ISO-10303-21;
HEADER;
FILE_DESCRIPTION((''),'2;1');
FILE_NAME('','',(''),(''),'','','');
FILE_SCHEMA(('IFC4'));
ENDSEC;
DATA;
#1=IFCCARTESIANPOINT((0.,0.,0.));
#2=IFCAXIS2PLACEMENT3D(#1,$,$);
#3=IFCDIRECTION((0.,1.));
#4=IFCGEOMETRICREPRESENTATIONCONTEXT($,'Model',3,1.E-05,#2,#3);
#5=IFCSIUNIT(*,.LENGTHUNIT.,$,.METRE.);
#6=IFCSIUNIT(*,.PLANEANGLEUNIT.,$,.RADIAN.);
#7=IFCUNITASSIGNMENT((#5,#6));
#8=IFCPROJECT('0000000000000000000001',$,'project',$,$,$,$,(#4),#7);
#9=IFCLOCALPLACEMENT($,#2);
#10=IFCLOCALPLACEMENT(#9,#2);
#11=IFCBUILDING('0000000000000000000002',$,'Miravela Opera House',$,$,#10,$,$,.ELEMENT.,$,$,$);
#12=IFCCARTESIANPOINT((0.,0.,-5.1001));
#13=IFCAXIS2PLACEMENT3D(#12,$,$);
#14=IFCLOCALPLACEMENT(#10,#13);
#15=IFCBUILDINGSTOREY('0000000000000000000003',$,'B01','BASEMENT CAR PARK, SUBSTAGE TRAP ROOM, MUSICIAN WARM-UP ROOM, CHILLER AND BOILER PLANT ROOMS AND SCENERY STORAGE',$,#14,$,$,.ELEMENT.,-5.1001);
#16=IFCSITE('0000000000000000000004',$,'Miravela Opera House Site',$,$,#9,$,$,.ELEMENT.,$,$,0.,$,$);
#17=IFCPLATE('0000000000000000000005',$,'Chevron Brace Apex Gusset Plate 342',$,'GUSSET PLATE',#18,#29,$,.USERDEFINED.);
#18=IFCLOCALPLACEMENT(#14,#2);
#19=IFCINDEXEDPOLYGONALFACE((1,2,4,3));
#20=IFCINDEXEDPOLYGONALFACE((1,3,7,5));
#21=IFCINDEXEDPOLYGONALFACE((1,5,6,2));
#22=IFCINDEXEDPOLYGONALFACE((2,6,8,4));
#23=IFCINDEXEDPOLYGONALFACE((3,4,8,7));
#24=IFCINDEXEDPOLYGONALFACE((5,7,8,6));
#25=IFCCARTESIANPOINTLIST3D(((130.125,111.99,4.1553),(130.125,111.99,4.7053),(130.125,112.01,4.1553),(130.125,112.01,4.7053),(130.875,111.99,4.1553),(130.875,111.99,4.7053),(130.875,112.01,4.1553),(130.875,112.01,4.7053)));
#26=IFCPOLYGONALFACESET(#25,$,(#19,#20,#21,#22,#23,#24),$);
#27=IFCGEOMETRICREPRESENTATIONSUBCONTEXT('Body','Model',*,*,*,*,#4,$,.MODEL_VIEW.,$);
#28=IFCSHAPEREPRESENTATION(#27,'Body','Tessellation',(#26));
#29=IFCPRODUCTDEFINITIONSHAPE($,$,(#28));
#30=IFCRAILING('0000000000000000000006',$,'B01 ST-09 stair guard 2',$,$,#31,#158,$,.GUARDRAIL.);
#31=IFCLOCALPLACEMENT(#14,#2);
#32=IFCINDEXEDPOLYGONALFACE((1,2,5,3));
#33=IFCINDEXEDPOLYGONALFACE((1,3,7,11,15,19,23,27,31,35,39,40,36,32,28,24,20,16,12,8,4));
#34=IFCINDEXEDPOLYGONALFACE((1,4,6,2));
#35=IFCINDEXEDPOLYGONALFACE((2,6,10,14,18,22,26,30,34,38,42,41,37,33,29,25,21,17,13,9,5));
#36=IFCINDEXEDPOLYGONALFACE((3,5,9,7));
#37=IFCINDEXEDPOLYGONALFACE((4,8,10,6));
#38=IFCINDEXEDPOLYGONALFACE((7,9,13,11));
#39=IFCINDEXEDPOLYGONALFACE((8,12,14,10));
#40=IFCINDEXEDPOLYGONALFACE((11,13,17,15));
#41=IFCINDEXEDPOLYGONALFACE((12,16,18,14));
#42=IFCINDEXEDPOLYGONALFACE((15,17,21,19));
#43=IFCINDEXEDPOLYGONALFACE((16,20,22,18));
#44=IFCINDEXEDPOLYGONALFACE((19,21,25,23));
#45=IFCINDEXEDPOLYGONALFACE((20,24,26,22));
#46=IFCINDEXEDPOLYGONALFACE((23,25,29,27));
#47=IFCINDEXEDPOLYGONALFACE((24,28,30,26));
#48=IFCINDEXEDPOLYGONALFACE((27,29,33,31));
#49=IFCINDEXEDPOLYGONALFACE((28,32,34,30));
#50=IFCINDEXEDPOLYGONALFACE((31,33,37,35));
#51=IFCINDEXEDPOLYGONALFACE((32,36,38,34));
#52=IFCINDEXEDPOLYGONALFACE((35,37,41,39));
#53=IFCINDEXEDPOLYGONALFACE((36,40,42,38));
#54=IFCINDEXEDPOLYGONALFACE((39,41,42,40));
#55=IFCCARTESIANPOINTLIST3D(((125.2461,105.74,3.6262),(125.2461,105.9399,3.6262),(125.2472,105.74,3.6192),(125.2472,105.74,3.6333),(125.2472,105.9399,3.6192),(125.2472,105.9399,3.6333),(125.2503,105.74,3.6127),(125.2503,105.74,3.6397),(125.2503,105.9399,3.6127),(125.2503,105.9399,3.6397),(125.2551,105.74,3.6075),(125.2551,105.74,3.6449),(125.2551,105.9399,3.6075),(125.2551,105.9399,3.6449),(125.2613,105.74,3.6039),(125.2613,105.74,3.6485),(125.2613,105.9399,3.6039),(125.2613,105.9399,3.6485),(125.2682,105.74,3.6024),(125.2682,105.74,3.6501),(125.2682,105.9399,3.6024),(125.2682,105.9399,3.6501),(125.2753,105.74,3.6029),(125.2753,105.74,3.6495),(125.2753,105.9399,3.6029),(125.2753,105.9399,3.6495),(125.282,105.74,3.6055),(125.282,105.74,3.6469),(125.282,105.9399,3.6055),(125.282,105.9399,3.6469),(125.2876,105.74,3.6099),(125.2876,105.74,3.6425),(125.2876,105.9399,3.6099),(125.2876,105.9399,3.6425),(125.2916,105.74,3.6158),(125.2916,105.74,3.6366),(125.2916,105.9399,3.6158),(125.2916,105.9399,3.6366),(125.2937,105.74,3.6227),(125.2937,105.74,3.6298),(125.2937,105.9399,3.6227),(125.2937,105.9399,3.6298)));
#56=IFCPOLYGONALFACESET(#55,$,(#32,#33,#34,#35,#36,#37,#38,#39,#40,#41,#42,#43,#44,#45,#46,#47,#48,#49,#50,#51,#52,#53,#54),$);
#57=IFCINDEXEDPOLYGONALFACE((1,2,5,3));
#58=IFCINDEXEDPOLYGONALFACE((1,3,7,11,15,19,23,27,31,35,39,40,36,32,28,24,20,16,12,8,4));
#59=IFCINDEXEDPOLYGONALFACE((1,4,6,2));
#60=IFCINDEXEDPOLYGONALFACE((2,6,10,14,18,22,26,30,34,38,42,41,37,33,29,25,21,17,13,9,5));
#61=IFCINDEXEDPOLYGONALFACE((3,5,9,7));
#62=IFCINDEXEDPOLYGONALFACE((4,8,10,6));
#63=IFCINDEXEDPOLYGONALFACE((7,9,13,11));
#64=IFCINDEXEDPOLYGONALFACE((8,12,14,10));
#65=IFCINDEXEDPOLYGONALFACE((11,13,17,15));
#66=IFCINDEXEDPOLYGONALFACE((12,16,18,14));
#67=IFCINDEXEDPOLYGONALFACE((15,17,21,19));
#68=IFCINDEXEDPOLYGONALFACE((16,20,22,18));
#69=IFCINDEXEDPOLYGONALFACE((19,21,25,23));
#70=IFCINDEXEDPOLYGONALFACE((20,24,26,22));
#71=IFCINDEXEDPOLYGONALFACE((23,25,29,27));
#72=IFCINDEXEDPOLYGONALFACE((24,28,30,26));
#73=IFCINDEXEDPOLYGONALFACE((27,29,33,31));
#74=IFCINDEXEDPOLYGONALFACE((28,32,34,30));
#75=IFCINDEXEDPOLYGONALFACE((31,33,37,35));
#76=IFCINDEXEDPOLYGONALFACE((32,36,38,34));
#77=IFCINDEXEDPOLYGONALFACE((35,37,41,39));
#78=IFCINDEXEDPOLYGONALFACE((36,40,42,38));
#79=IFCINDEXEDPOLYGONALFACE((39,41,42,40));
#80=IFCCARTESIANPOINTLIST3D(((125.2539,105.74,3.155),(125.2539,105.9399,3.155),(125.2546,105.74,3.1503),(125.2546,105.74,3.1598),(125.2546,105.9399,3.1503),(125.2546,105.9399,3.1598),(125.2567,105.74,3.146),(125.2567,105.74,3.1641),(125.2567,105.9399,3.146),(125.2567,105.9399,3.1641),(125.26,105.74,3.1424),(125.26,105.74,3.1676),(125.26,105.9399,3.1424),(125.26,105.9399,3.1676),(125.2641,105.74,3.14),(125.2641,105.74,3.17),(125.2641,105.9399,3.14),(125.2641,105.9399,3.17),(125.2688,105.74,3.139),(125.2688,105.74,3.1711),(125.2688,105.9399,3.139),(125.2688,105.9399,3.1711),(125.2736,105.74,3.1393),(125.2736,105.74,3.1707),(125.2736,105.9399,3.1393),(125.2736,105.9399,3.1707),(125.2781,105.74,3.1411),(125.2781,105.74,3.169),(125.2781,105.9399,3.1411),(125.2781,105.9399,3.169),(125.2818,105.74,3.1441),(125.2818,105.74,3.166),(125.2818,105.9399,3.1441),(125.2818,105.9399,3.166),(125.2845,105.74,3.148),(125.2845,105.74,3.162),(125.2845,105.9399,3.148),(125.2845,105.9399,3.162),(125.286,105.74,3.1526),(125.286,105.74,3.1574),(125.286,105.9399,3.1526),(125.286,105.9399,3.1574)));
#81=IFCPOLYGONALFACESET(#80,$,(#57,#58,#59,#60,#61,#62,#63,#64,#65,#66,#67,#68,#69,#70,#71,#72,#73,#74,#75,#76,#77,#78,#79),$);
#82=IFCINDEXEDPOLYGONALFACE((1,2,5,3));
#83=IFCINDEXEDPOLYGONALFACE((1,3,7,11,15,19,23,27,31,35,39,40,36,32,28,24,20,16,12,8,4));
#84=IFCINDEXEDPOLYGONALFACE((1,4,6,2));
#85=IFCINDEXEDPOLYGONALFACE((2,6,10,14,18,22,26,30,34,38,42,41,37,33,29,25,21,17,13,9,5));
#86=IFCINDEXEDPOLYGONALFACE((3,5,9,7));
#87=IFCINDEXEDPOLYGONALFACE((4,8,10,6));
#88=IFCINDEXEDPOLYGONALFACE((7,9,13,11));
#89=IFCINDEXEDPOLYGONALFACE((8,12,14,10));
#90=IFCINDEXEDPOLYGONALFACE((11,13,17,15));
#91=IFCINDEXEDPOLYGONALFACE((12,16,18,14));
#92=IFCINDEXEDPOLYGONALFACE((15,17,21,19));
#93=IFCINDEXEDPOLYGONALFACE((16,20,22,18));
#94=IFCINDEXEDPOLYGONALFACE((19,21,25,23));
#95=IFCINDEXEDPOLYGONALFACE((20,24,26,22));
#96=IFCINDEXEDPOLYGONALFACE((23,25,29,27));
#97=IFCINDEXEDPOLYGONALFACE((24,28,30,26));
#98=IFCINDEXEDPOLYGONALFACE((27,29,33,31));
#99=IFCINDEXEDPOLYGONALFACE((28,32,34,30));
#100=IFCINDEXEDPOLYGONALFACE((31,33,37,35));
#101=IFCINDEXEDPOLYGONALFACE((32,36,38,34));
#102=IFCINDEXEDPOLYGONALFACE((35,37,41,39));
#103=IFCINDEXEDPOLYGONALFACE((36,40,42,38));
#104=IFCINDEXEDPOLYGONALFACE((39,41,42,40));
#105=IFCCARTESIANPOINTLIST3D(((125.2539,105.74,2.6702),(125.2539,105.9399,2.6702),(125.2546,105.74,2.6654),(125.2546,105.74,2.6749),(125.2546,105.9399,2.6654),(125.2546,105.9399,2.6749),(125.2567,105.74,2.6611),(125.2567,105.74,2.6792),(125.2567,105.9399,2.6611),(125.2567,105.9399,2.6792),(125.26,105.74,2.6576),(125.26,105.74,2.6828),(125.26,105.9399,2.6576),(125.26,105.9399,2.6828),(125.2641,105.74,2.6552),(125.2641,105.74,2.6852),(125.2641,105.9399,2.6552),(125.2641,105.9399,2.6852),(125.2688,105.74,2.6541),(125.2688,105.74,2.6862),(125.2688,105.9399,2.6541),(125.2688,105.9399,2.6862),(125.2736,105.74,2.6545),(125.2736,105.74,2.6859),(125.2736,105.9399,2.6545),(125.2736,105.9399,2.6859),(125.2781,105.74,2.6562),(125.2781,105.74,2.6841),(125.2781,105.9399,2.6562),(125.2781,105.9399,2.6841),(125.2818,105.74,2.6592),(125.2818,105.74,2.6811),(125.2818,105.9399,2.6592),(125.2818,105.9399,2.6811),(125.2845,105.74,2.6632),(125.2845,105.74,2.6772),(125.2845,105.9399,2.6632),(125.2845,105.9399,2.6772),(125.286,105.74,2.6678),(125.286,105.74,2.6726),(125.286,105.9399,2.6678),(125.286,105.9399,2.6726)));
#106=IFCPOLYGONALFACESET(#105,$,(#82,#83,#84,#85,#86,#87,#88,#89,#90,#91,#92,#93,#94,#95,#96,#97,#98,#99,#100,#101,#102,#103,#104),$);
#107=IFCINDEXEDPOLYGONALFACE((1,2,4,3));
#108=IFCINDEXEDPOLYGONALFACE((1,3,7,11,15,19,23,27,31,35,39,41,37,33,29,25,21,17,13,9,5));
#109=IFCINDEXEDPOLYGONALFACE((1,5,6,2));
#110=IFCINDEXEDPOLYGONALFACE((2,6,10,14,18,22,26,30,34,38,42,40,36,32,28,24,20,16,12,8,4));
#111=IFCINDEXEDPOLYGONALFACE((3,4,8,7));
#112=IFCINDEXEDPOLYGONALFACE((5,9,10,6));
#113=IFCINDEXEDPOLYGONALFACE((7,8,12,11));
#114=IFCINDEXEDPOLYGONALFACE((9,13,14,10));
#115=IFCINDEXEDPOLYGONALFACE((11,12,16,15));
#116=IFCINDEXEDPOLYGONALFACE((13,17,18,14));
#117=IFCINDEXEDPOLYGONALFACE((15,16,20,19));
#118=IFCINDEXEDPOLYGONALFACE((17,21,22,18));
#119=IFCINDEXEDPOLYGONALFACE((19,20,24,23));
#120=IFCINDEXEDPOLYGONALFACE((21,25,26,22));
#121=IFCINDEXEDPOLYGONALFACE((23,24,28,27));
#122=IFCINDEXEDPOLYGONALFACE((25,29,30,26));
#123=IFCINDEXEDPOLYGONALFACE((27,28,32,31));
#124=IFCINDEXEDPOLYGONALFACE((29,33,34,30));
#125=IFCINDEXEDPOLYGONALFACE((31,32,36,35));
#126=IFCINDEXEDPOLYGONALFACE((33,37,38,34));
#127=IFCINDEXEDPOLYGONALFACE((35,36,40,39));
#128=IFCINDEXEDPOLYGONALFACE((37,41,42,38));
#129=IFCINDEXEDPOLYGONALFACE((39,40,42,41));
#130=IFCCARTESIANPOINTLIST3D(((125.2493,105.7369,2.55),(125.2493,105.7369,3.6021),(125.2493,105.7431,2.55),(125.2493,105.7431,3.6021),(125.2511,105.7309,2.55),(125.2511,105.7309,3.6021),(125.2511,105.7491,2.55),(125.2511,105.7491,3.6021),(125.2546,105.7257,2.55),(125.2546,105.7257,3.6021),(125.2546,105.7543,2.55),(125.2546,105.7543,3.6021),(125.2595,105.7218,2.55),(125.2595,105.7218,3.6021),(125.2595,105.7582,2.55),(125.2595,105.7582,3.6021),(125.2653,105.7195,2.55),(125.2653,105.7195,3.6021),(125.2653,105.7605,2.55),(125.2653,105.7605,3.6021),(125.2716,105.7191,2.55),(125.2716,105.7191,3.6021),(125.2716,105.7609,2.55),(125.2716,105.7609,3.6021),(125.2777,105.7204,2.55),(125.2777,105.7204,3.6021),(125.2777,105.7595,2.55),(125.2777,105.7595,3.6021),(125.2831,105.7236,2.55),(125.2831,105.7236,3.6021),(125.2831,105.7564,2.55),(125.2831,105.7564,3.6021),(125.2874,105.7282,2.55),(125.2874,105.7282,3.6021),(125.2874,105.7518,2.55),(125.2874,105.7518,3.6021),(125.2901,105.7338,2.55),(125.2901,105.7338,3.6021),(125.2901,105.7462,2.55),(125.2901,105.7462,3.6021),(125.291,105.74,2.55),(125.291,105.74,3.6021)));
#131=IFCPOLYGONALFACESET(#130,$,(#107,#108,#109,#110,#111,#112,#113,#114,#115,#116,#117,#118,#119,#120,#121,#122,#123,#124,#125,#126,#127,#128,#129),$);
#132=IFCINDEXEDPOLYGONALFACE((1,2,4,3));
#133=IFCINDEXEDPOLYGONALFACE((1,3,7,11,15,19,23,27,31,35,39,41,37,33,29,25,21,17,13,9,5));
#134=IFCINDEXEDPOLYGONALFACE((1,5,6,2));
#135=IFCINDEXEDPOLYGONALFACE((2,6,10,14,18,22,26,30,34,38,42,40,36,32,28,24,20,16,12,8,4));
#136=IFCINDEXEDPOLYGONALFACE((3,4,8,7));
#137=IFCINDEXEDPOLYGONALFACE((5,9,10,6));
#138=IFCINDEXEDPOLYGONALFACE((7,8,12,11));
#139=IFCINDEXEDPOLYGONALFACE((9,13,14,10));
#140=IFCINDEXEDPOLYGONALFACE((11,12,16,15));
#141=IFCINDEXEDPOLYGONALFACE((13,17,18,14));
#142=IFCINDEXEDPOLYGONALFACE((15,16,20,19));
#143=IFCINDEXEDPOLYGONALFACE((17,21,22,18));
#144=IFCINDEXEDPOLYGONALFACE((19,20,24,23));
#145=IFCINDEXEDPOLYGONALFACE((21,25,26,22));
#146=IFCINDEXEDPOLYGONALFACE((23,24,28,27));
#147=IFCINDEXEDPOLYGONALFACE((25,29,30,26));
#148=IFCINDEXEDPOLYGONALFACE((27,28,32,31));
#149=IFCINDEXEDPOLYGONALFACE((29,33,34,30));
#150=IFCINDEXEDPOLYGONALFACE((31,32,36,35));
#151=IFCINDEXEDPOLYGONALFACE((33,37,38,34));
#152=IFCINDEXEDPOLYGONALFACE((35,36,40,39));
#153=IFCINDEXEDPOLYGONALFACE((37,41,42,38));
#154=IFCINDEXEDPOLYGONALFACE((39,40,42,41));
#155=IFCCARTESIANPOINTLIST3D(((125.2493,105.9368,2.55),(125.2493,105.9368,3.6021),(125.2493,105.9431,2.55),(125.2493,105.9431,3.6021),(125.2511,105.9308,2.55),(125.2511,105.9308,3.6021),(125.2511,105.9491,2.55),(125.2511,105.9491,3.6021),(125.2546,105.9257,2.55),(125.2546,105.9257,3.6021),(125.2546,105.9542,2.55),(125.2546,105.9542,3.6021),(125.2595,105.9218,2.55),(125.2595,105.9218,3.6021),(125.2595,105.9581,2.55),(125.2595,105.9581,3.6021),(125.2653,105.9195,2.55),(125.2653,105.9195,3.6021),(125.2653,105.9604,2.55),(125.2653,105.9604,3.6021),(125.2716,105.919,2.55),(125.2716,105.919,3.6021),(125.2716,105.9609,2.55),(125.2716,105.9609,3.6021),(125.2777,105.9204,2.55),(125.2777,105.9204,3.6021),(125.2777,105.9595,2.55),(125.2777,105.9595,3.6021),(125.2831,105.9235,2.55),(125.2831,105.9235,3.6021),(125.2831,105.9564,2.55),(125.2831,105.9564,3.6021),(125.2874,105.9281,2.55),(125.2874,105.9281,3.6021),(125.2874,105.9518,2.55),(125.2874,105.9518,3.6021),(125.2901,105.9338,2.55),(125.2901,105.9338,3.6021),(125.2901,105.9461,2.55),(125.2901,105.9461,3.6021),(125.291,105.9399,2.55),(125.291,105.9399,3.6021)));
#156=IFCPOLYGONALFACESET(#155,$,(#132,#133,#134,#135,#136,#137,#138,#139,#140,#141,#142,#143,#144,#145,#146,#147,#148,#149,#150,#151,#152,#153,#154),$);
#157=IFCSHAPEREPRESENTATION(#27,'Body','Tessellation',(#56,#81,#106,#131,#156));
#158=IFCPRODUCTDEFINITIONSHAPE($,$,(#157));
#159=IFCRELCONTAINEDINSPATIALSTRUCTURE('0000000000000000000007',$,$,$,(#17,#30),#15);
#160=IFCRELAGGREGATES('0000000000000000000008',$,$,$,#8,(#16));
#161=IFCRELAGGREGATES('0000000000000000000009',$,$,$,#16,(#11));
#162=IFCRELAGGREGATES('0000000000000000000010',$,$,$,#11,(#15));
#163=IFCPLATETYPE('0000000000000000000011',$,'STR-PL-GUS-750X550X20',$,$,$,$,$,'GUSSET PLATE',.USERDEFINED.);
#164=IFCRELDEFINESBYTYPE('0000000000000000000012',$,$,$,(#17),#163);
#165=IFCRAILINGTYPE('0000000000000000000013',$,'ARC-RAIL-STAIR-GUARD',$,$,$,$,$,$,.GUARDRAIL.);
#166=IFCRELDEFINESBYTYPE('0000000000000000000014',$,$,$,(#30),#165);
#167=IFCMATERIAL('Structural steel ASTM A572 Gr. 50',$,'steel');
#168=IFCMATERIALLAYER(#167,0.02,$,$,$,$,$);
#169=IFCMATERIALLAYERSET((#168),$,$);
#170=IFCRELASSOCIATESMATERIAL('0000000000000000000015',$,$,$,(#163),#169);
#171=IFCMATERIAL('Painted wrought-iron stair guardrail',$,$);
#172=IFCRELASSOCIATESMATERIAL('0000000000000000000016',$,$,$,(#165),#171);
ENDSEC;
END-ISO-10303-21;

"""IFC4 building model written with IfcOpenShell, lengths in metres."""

from ifc_helpers import new_model, si_unit, direction, frame, origin, origin_2d, place, context, subcontext, project, spatial, rectangle, circle, extrude, material, layer, layer_set, type_object, element, save


model = new_model("IFC4")

# Units and contexts
model_context = context("Model", 3, precision=1e-05, world=origin(), true_north=direction((0.0, 1.0)))
body_context = subcontext(model_context, "Body", "Model", "MODEL_VIEW")
ifc_project = project(units=[si_unit("LENGTHUNIT", "METRE"), si_unit("PLANEANGLEUNIT", "RADIAN")], contexts=[model_context])

# Site, building, storey
site_placement = place(None, origin())
site = spatial("IfcSite", under=ifc_project, at=site_placement, Name="Miravela Opera House Site", CompositionType="ELEMENT", RefElevation=0.0)
building_placement = place(site_placement, origin())
building = spatial("IfcBuilding", under=site, at=building_placement, Name="Miravela Opera House", CompositionType="ELEMENT")
storey_placement = place(building_placement, frame((0.0, 0.0, -5.1001)))
storey = spatial("IfcBuildingStorey", under=building, at=storey_placement, Name="B01", Description="BASEMENT CAR PARK, SUBSTAGE TRAP ROOM, MUSICIAN WARM-UP ROOM, CHILLER AND BOILER PLANT ROOMS AND SCENERY STORAGE", CompositionType="ELEMENT", Elevation=-5.1001)

# Plate
ifc_material_1 = material(Name="Structural steel ASTM A572 Gr. 50", Category="steel")
ifc_layer_1 = layer(ifc_material_1, 0.02)
ifc_layer_set_1 = layer_set([ifc_layer_1])
plate_type_1 = type_object("IfcPlateType", Name="STR-PL-GUS-750X550X20", ElementType="GUSSET PLATE", PredefinedType="USERDEFINED", material=ifc_layer_set_1)
plate_placement = place(storey_placement, frame((130.5, 112.0, 4.1553), z_axis=(0.0, 0.0, 1.0), x_axis=(1.0, 0.0, 0.0)))
element("IfcPlate", 1, at=plate_placement, inside=storey, type_object=plate_type_1, Name="Chevron Brace Apex Gusset Plate 342", ObjectType="GUSSET PLATE", PredefinedType="USERDEFINED", context=body_context, shape_type="SweptSolid", body=[
    extrude(rectangle(XDim=0.75, YDim=0.02, at=origin_2d()), origin(), (0.0, 0.0, 1.0), 0.55),
])

# Railing
ifc_material_2 = material(Name="Painted wrought-iron stair guardrail")
railing_type = type_object("IfcRailingType", Name="ARC-RAIL-STAIR-GUARD", PredefinedType="GUARDRAIL", material=ifc_material_2)
railing_1_placement = place(storey_placement, frame((125.27, 105.74, 2.55)))
element("IfcRailing", 2, at=railing_1_placement, inside=storey, type_object=railing_type, Name="B01 ST-09 stair guard 2", PredefinedType="GUARDRAIL", context=body_context, shape_type="SweptSolid", body=[
    extrude(circle(Radius=0.0239, at=origin_2d()), frame((0.0, 0.0, 1.0762), z_axis=(0.0, 1.0, 0.0), x_axis=(-1.0, 0.0, 0.0)), (0.0, 0.0, 1.0), 0.2),
    extrude(circle(Radius=0.0161, at=origin_2d()), frame((0.0, 0.0, 0.605), z_axis=(0.0, 1.0, 0.0), x_axis=(-1.0, 0.0, 0.0)), (0.0, 0.0, 1.0), 0.2),
    extrude(circle(Radius=0.0161, at=origin_2d()), frame((0.0, 0.0, 0.1201), z_axis=(0.0, 1.0, 0.0), x_axis=(-1.0, 0.0, 0.0)), (0.0, 0.0, 1.0), 0.2),
    extrude(circle(Radius=0.021, at=origin_2d()), origin(), (0.0, 0.0, 1.0), 1.052),
    extrude(circle(Radius=0.021, at=origin_2d()), frame((0.0, 0.2, 0.0)), (0.0, 0.0, 1.0), 1.052),
])

save(model, "model.ifc")
